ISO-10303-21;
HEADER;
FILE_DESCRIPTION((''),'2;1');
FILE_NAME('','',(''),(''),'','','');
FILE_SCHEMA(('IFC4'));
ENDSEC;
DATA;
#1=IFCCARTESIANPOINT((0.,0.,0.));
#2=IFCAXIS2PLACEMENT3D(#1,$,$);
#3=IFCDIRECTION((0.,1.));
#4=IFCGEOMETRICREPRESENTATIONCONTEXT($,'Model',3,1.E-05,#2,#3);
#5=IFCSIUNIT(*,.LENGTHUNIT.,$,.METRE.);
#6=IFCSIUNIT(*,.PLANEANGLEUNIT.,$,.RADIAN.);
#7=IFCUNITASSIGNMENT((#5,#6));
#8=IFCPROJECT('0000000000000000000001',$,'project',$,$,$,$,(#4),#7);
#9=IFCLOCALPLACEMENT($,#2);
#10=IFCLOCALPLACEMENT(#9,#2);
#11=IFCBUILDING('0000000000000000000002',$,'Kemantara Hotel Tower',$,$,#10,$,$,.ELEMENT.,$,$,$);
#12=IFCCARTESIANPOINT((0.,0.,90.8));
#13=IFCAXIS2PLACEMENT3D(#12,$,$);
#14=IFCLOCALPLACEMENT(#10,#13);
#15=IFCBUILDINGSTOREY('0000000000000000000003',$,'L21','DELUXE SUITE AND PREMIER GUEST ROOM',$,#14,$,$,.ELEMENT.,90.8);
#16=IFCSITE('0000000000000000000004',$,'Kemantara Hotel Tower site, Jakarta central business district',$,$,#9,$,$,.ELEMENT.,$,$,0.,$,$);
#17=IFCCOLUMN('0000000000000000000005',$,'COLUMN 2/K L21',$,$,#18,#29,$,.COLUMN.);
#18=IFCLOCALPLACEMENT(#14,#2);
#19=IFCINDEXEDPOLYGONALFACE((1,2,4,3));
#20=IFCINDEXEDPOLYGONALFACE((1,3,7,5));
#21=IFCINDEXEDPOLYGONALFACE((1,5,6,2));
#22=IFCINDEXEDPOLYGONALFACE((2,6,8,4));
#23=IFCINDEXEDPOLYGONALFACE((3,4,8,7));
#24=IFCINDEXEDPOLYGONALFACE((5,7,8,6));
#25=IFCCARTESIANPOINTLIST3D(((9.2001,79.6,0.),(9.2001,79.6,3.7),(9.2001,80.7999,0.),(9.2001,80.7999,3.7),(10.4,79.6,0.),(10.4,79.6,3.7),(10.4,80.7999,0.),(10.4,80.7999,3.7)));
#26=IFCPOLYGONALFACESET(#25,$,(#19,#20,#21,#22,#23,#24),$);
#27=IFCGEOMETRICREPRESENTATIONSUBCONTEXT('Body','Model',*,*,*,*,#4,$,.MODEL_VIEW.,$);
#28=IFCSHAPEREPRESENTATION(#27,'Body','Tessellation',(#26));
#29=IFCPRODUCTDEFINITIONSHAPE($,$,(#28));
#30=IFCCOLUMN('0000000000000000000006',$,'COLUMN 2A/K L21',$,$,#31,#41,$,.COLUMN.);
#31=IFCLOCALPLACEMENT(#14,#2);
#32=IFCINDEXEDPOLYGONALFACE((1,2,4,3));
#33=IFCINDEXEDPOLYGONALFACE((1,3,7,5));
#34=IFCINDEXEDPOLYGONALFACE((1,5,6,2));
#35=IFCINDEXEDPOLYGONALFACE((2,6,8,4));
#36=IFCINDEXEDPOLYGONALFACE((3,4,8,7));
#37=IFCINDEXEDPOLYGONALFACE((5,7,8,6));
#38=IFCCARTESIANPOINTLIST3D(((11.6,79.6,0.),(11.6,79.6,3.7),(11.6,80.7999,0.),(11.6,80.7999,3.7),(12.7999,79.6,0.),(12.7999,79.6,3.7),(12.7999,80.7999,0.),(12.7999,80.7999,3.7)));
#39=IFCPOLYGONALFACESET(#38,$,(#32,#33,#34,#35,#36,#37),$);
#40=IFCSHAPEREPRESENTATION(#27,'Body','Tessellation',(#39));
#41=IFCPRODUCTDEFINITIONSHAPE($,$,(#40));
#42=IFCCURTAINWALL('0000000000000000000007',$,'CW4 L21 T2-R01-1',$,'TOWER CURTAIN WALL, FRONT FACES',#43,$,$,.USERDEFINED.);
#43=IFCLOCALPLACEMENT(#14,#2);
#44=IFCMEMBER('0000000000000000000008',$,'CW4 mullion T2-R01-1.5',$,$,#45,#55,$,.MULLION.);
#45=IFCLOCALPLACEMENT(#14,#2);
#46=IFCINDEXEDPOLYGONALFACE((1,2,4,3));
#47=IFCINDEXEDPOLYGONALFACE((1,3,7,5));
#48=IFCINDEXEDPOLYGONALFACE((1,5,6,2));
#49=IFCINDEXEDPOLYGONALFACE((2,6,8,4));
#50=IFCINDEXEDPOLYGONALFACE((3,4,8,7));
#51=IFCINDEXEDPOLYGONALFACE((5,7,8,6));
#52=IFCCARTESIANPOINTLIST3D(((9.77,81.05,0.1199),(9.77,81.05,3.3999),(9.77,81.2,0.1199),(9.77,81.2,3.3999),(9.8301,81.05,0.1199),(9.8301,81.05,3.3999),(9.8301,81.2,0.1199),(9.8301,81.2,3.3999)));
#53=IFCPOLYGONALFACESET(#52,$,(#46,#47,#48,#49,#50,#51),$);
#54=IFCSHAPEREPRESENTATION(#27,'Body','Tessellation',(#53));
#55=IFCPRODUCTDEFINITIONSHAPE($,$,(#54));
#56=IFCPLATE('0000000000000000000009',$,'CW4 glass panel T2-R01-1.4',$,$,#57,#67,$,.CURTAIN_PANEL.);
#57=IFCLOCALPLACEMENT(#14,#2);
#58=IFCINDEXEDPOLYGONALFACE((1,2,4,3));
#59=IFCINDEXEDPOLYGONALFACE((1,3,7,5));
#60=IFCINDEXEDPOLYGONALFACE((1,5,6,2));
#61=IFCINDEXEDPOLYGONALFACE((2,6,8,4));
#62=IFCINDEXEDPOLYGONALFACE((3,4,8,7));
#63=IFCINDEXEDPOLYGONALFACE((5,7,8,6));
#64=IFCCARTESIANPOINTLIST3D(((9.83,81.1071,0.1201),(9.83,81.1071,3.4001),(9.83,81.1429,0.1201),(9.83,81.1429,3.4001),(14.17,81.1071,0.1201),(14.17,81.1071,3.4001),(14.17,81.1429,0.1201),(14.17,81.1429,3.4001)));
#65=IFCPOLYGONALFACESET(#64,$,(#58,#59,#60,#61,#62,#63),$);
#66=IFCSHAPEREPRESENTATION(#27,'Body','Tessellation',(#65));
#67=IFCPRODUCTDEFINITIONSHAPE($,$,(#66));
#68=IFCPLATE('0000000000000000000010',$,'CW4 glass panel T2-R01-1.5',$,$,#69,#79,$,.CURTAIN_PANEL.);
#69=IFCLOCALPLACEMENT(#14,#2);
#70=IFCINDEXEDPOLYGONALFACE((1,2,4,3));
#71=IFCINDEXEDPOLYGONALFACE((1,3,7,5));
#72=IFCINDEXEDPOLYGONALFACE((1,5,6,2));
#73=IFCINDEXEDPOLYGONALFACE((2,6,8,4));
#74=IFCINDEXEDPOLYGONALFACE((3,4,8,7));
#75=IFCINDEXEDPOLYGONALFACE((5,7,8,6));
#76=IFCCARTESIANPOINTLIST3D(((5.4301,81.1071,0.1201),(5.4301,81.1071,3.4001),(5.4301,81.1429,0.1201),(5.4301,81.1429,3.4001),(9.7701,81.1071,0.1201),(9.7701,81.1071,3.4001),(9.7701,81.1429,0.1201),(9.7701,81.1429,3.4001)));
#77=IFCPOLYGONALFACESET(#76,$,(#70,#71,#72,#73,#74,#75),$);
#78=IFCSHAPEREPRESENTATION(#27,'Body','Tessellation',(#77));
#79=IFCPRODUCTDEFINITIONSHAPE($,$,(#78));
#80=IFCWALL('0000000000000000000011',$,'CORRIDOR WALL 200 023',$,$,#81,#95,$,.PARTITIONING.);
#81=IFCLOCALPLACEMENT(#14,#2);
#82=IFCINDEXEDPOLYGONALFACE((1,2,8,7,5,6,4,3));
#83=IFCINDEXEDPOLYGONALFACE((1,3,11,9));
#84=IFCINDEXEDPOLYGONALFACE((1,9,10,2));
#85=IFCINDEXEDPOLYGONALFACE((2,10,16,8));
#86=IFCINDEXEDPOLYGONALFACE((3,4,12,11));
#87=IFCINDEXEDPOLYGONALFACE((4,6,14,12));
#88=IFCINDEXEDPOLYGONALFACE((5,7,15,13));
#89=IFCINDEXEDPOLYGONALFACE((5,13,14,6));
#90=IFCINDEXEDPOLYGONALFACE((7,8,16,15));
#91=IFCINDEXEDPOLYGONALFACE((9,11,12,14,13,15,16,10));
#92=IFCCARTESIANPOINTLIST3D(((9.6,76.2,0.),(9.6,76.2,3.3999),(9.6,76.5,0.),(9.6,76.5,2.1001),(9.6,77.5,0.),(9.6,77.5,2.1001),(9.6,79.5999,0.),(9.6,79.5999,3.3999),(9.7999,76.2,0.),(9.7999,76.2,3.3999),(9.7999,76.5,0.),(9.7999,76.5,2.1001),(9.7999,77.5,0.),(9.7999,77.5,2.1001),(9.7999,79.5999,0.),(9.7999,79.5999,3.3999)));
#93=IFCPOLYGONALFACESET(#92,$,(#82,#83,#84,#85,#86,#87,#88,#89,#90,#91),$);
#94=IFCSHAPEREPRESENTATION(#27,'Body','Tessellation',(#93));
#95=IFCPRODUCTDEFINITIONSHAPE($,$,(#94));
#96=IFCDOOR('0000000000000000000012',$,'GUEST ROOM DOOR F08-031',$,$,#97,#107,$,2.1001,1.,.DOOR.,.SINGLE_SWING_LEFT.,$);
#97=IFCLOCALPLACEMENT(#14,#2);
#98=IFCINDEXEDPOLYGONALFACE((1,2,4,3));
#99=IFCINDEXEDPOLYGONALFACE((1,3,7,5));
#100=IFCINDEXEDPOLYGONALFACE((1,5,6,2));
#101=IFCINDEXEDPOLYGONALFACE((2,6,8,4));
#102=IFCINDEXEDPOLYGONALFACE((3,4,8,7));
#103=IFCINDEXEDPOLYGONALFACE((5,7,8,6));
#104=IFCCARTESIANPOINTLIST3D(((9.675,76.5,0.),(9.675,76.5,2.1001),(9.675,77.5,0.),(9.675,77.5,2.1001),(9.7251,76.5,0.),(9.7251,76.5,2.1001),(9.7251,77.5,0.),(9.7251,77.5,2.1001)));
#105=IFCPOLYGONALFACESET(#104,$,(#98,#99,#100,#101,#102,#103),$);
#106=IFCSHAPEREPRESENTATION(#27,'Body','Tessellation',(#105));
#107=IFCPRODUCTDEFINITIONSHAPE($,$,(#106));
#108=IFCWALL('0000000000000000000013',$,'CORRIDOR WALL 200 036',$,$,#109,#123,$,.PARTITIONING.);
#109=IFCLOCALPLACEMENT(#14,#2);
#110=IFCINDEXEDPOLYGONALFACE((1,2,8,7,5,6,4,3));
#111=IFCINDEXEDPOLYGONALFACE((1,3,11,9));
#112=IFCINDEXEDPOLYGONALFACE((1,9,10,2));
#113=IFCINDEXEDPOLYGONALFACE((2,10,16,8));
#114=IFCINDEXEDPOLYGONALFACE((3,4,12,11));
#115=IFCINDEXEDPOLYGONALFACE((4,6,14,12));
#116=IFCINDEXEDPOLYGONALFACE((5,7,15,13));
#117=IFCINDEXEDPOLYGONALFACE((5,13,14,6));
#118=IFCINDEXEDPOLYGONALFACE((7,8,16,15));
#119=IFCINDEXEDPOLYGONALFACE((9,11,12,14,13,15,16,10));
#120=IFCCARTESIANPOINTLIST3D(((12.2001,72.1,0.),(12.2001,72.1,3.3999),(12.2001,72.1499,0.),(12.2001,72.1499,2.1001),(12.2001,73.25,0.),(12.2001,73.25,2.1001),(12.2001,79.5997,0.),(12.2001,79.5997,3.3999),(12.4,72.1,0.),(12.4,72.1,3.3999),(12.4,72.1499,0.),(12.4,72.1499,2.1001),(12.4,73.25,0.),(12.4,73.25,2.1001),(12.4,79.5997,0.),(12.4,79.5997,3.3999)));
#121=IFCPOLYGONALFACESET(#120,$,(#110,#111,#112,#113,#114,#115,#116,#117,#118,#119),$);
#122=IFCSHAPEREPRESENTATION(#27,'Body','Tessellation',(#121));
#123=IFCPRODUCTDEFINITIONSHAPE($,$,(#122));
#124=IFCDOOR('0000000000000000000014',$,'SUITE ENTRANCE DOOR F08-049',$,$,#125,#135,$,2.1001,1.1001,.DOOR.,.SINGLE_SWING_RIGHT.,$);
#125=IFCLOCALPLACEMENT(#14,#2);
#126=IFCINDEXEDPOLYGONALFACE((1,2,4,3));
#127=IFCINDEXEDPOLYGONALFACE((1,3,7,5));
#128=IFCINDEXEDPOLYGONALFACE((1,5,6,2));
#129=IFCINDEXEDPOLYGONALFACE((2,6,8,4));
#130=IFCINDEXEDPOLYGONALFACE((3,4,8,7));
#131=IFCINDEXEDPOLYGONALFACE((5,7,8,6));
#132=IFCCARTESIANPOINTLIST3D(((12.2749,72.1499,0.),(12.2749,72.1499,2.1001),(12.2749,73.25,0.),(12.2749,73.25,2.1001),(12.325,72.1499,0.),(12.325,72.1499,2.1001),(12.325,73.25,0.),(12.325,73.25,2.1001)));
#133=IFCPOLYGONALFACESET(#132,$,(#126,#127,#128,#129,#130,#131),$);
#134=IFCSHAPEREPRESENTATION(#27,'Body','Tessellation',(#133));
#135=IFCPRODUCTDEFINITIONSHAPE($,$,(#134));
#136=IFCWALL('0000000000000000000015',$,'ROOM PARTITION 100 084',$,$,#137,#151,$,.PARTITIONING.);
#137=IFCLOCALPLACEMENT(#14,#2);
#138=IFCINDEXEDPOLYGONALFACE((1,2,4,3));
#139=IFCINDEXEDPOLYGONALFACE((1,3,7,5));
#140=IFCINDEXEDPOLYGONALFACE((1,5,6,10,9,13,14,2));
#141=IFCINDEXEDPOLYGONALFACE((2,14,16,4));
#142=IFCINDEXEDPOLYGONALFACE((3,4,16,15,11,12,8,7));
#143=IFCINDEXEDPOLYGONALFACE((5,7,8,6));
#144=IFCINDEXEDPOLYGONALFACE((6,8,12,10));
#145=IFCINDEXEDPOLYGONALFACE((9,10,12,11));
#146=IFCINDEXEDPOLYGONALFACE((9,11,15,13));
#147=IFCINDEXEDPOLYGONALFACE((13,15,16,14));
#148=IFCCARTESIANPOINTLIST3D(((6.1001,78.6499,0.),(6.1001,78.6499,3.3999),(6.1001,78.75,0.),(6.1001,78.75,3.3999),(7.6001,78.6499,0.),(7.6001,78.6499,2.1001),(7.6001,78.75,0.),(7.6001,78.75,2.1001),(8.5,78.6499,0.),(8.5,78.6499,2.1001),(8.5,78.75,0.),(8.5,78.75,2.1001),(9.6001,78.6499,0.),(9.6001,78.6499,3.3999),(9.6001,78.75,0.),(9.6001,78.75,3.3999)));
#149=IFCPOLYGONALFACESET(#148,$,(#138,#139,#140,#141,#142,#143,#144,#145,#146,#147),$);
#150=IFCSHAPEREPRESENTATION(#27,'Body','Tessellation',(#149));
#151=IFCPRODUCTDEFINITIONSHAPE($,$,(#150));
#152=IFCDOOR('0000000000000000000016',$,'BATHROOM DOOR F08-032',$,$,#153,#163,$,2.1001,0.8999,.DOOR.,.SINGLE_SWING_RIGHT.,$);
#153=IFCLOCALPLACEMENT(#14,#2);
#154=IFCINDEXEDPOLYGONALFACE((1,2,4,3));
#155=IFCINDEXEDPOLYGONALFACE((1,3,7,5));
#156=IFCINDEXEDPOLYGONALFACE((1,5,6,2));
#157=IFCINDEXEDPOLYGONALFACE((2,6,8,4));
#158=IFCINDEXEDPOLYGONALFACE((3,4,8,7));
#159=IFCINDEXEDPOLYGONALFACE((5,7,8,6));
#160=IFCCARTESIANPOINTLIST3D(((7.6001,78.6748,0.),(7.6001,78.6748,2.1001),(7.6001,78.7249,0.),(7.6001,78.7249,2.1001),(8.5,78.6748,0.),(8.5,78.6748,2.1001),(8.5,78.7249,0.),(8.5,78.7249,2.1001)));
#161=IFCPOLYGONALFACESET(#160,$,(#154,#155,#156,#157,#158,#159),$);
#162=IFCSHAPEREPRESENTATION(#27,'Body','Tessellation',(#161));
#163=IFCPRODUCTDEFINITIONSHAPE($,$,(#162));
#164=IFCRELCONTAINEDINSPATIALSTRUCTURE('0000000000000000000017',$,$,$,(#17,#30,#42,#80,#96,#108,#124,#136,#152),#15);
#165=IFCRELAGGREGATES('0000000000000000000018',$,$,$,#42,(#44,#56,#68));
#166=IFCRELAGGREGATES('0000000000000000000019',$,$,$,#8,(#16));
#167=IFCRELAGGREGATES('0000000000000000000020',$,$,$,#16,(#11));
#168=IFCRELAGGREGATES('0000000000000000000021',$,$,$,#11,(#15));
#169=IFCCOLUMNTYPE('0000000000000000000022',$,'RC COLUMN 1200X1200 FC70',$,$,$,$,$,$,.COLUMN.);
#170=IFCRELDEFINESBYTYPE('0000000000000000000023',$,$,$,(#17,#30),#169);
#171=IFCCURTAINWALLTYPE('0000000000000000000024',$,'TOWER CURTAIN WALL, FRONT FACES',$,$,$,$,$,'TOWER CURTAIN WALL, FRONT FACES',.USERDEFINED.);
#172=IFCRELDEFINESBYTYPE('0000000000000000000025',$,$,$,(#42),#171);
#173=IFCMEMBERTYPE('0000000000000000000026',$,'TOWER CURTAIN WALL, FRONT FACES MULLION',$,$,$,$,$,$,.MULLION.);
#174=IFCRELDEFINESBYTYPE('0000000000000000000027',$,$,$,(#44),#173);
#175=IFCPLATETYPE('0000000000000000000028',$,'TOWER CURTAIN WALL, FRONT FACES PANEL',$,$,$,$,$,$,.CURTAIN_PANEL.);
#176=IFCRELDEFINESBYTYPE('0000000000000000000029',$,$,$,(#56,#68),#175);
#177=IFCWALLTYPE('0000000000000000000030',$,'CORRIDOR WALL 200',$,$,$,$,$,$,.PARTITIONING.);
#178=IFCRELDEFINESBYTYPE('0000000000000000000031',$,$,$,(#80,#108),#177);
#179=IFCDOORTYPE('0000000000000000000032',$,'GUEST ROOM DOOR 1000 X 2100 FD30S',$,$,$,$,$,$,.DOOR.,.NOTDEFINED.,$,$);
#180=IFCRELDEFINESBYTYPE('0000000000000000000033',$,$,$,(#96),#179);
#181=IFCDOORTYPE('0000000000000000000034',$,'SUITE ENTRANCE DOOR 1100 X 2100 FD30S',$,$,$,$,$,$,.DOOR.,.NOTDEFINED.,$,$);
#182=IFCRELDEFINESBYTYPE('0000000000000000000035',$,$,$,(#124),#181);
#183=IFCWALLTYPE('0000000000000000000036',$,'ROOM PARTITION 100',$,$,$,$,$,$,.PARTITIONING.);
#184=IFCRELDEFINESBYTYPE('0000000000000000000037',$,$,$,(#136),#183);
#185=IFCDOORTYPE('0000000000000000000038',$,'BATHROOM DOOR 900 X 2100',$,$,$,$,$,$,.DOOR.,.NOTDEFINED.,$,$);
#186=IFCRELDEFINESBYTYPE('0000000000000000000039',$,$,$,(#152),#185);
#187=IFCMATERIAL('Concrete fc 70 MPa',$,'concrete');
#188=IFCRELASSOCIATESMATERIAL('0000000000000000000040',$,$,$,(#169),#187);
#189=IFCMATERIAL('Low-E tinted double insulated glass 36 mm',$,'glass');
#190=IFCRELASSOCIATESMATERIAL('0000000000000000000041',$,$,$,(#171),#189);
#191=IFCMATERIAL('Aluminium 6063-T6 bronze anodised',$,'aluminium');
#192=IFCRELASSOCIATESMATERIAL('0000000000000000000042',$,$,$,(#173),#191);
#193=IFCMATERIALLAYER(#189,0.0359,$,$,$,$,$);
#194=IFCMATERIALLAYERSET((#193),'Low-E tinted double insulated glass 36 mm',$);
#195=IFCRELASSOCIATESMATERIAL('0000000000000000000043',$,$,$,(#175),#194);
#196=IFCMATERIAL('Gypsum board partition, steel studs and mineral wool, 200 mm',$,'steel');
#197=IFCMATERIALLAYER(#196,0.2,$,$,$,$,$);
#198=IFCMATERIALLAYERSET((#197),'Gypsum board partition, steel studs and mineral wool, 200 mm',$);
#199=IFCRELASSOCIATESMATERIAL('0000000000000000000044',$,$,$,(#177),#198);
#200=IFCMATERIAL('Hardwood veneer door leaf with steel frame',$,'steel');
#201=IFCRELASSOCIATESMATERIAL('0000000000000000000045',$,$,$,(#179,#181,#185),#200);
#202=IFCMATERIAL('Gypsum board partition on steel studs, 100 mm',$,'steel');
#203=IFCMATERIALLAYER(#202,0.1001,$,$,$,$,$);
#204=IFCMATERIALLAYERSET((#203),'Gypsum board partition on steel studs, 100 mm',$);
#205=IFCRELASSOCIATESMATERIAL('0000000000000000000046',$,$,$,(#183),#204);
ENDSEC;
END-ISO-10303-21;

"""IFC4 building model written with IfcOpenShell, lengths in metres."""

from ifc_helpers import new_model, si_unit, direction, frame, frame_2d, origin, origin_2d, place, context, subcontext, project, spatial, rectangle, extrude, source, transform, mapped, material, layer, layer_set, material_profile, profile_set, type_object, element, fill, aggregate, save


model = new_model("IFC4")

# Units and contexts
model_context = context("Model", 3, precision=1e-05, world=origin(), true_north=direction((0.0, 1.0)))
body_context = subcontext(model_context, "Body", "Model", "MODEL_VIEW")
ifc_project = project(units=[si_unit("LENGTHUNIT", "METRE"), si_unit("PLANEANGLEUNIT", "RADIAN")], contexts=[model_context])

# Site, building, storey
site_placement = place(None, origin())
site = spatial("IfcSite", under=ifc_project, at=site_placement, Name="Kemantara Hotel Tower site, Jakarta central business district", CompositionType="ELEMENT", RefElevation=0.0)
building_placement = place(site_placement, origin())
building = spatial("IfcBuilding", under=site, at=building_placement, Name="Kemantara Hotel Tower", CompositionType="ELEMENT")
storey_placement = place(building_placement, frame((0.0, 0.0, 90.8)))
storey = spatial("IfcBuildingStorey", under=building, at=storey_placement, Name="L21", Description="DELUXE SUITE AND PREMIER GUEST ROOM", CompositionType="ELEMENT", Elevation=90.8)

# Columns
ifc_material_1 = material(Name="Concrete fc 70 MPa", Category="concrete")
ifc_material_profile_1 = material_profile(ifc_material_1, rectangle(XDim=1.2, YDim=1.2, at=origin_2d()), Name="RC 1200X1200")
ifc_profile_set_1 = profile_set([ifc_material_profile_1], Name="Concrete fc 70 MPa")
column_type = type_object("IfcColumnType", Name="RC COLUMN 1200X1200 FC70", PredefinedType="COLUMN", material=ifc_profile_set_1)
for number, where, z_axis, x_axis, name in (
    (1, (9.8, 80.2, 0.0), (0.0, 0.0, 1.0), (1.0, 0.0, 0.0), "COLUMN 2/K L21"),
    (2, (12.2, 80.2, 0.0), (0.0, 0.0, 1.0), (1.0, 0.0, 0.0), "COLUMN 2A/K L21"),
):
    element("IfcColumn", number, at=place(storey_placement, frame(where, z_axis=z_axis, x_axis=x_axis)), inside=storey, type_object=column_type, Name=name, PredefinedType="COLUMN", context=body_context, shape_type="SweptSolid", body=[
        extrude(rectangle(XDim=1.2, YDim=1.2, at=origin_2d()), origin(), (0.0, 0.0, 1.0), 3.7),
    ])

# Curtain wall, member, plates
ifc_material_2 = material(Name="Low-E tinted double insulated glass 36 mm", Category="glass")
curtain_wall_type = type_object("IfcCurtainWallType", Name="TOWER CURTAIN WALL, FRONT FACES", ElementType="TOWER CURTAIN WALL, FRONT FACES", PredefinedType="USERDEFINED", material=ifc_material_2)
curtain_wall_placement = place(storey_placement, origin())
curtain_wall = element("IfcCurtainWall", 3, at=curtain_wall_placement, inside=storey, type_object=curtain_wall_type, Name="CW4 L21 T2-R01-1", ObjectType="TOWER CURTAIN WALL, FRONT FACES", PredefinedType="USERDEFINED")
ifc_material_3 = material(Name="Aluminium 6063-T6 bronze anodised", Category="aluminium")
ifc_material_profile_2 = material_profile(ifc_material_3, rectangle(XDim=0.1499, YDim=0.0601, at=origin_2d()), Name="TOWER CURTAIN WALL, FRONT FACES MULLION")
ifc_profile_set_2 = profile_set([ifc_material_profile_2], Name="Aluminium 6063-T6 bronze anodised")
member_type = type_object("IfcMemberType", Name="TOWER CURTAIN WALL, FRONT FACES MULLION", PredefinedType="MULLION", material=ifc_profile_set_2)
shared_shape_1 = source(origin(), body_context, "Body", "SweptSolid", [
    extrude(rectangle(XDim=0.1499, YDim=0.0601, at=origin_2d()), origin(), (0.0, 0.0, 1.0), 3.28),
])
member_placement = place(storey_placement, frame((9.8, 81.125, 0.1199), z_axis=(0.0, 0.0, 1.0), x_axis=(0.0, -1.0, 0.0)))
member = element("IfcMember", 4, at=member_placement, type_object=member_type, Name="CW4 mullion T2-R01-1.5", PredefinedType="MULLION", context=body_context, shape_type="MappedRepresentation", body=[
    mapped(shared_shape_1, transform((0.0, 0.0, 0.0))),
])
ifc_layer_1 = layer(ifc_material_2, 0.0359)
ifc_layer_set_1 = layer_set([ifc_layer_1], Name="Low-E tinted double insulated glass 36 mm")
plate_type = type_object("IfcPlateType", Name="TOWER CURTAIN WALL, FRONT FACES PANEL", PredefinedType="CURTAIN_PANEL", material=ifc_layer_set_1)
shared_shape_2 = source(origin(), body_context, "Body", "SweptSolid", [
    extrude(rectangle(XDim=4.3401, YDim=0.0359, at=origin_2d()), origin(), (0.0, 0.0, 1.0), 3.28),
])
plate_1_placement = place(storey_placement, frame((12.0, 81.125, 0.1201), z_axis=(0.0, 0.0, 1.0), x_axis=(-1.0, 0.0, 0.0)))
plate_1 = element("IfcPlate", 5, at=plate_1_placement, type_object=plate_type, Name="CW4 glass panel T2-R01-1.4", PredefinedType="CURTAIN_PANEL", context=body_context, shape_type="MappedRepresentation", body=[
    mapped(shared_shape_2, transform((0.0, 0.0, 0.0))),
])
plate_2_placement = place(storey_placement, frame((7.6001, 81.125, 0.1201), z_axis=(0.0, 0.0, 1.0), x_axis=(-1.0, 0.0, 0.0)))
plate_2 = element("IfcPlate", 6, at=plate_2_placement, type_object=plate_type, Name="CW4 glass panel T2-R01-1.5", PredefinedType="CURTAIN_PANEL", context=body_context, shape_type="MappedRepresentation", body=[
    mapped(shared_shape_2, transform((0.0, 0.0, 0.0))),
])
aggregate(curtain_wall, [member, plate_1, plate_2])

# Walls, openings, doors
ifc_material_4 = material(Name="Gypsum board partition, steel studs and mineral wool, 200 mm", Category="steel")
ifc_layer_2 = layer(ifc_material_4, 0.2)
ifc_layer_set_2 = layer_set([ifc_layer_2], Name="Gypsum board partition, steel studs and mineral wool, 200 mm")
wall_type_1 = type_object("IfcWallType", Name="CORRIDOR WALL 200", PredefinedType="PARTITIONING", material=ifc_layer_set_2)
wall_1_placement = place(storey_placement, frame((9.7, 76.2, 0.0), z_axis=(0.0, 0.0, 1.0), x_axis=(0.0, 1.0, 0.0)))
wall_1 = element("IfcWall", 7, at=wall_1_placement, inside=storey, type_object=wall_type_1, Name="CORRIDOR WALL 200 023", PredefinedType="PARTITIONING", context=body_context, shape_type="SweptSolid", body=[
    extrude(rectangle(XDim=3.3999, YDim=0.2, at=frame_2d((1.7, 0.0))), origin(), (0.0, 0.0, 1.0), 3.3999),
])
opening_1_placement = place(wall_1_placement, frame((0.3, 0.0, 0.0)))
opening_1 = element("IfcOpeningElement", 8, at=opening_1_placement, cuts=wall_1, PredefinedType="OPENING", context=body_context, shape_type="SweptSolid", body=[
    extrude(rectangle(XDim=1.0, YDim=2.1001, at=frame_2d((0.5, 1.05))), frame((0.0, 0.1099, 0.0), z_axis=(0.0, -1.0, 0.0), x_axis=(1.0, 0.0, 0.0)), (0.0, 0.0, 1.0), 0.22),
])
ifc_material_5 = material(Name="Hardwood veneer door leaf with steel frame", Category="steel")
door_type_1 = type_object("IfcDoorType", Name="GUEST ROOM DOOR 1000 X 2100 FD30S", OperationType="NOTDEFINED", PredefinedType="DOOR", material=ifc_material_5)
door_1_placement = place(opening_1_placement, origin())
door_1 = element("IfcDoor", 9, at=door_1_placement, inside=storey, type_object=door_type_1, Name="GUEST ROOM DOOR F08-031", OperationType="SINGLE_SWING_LEFT", OverallHeight=2.1001, OverallWidth=1.0, PredefinedType="DOOR", context=body_context, shape_type="SweptSolid", body=[
    extrude(rectangle(XDim=1.0, YDim=2.1001, at=frame_2d((0.5, 1.05))), frame((0.0, 0.0249, 0.0), z_axis=(0.0, -1.0, 0.0), x_axis=(1.0, 0.0, 0.0)), (0.0, 0.0, 1.0), 0.05),
])
fill(opening_1, door_1)
wall_2_placement = place(storey_placement, frame((12.3, 79.5999, 0.0), z_axis=(0.0, 0.0, 1.0), x_axis=(0.0, -1.0, 0.0)))
wall_2 = element("IfcWall", 10, at=wall_2_placement, inside=storey, type_object=wall_type_1, Name="CORRIDOR WALL 200 036", PredefinedType="PARTITIONING", context=body_context, shape_type="SweptSolid", body=[
    extrude(rectangle(XDim=7.4998, YDim=0.2, at=frame_2d((3.75, 0.0))), origin(), (0.0, 0.0, 1.0), 3.3999),
])
opening_2_placement = place(wall_2_placement, frame((6.3499, 0.0, 0.0)))
opening_2 = element("IfcOpeningElement", 11, at=opening_2_placement, cuts=wall_2, PredefinedType="OPENING", context=body_context, shape_type="SweptSolid", body=[
    extrude(rectangle(XDim=1.1001, YDim=2.1001, at=frame_2d((0.55, 1.05))), frame((0.0, 0.1099, 0.0), z_axis=(0.0, -1.0, 0.0), x_axis=(1.0, 0.0, 0.0)), (0.0, 0.0, 1.0), 0.22),
])
door_type_2 = type_object("IfcDoorType", Name="SUITE ENTRANCE DOOR 1100 X 2100 FD30S", OperationType="NOTDEFINED", PredefinedType="DOOR", material=ifc_material_5)
door_2_placement = place(opening_2_placement, origin())
door_2 = element("IfcDoor", 12, at=door_2_placement, inside=storey, type_object=door_type_2, Name="SUITE ENTRANCE DOOR F08-049", OperationType="SINGLE_SWING_RIGHT", OverallHeight=2.1001, OverallWidth=1.1001, PredefinedType="DOOR", context=body_context, shape_type="SweptSolid", body=[
    extrude(rectangle(XDim=1.1001, YDim=2.1001, at=frame_2d((0.55, 1.05))), frame((0.0, 0.0249, 0.0), z_axis=(0.0, -1.0, 0.0), x_axis=(1.0, 0.0, 0.0)), (0.0, 0.0, 1.0), 0.05),
])
fill(opening_2, door_2)
ifc_material_6 = material(Name="Gypsum board partition on steel studs, 100 mm", Category="steel")
ifc_layer_3 = layer(ifc_material_6, 0.1001)
ifc_layer_set_3 = layer_set([ifc_layer_3], Name="Gypsum board partition on steel studs, 100 mm")
wall_type_2 = type_object("IfcWallType", Name="ROOM PARTITION 100", PredefinedType="PARTITIONING", material=ifc_layer_set_3)
wall_3_placement = place(storey_placement, frame((6.1001, 78.7, 0.0), z_axis=(0.0, 0.0, 1.0), x_axis=(1.0, 0.0, 0.0)))
wall_3 = element("IfcWall", 13, at=wall_3_placement, inside=storey, type_object=wall_type_2, Name="ROOM PARTITION 100 084", PredefinedType="PARTITIONING", context=body_context, shape_type="SweptSolid", body=[
    extrude(rectangle(XDim=3.5, YDim=0.1001, at=frame_2d((1.75, 0.0))), origin(), (0.0, 0.0, 1.0), 3.3999),
])
opening_3_placement = place(wall_3_placement, frame((1.5, 0.0, 0.0)))
opening_3 = element("IfcOpeningElement", 14, at=opening_3_placement, cuts=wall_3, PredefinedType="OPENING", context=body_context, shape_type="SweptSolid", body=[
    extrude(rectangle(XDim=0.8999, YDim=2.1001, at=frame_2d((0.45, 1.05))), frame((0.0, 0.0601, 0.0), z_axis=(0.0, -1.0, 0.0), x_axis=(1.0, 0.0, 0.0)), (0.0, 0.0, 1.0), 0.1201),
])
door_type_3 = type_object("IfcDoorType", Name="BATHROOM DOOR 900 X 2100", OperationType="NOTDEFINED", PredefinedType="DOOR", material=ifc_material_5)
door_3_placement = place(opening_3_placement, origin())
door_3 = element("IfcDoor", 15, at=door_3_placement, inside=storey, type_object=door_type_3, Name="BATHROOM DOOR F08-032", OperationType="SINGLE_SWING_RIGHT", OverallHeight=2.1001, OverallWidth=0.8999, PredefinedType="DOOR", context=body_context, shape_type="SweptSolid", body=[
    extrude(rectangle(XDim=0.8999, YDim=2.1001, at=frame_2d((0.45, 1.05))), frame((0.0, 0.0249, 0.0), z_axis=(0.0, -1.0, 0.0), x_axis=(1.0, 0.0, 0.0)), (0.0, 0.0, 1.0), 0.05),
])
fill(opening_3, door_3)

save(model, "model.ifc")
